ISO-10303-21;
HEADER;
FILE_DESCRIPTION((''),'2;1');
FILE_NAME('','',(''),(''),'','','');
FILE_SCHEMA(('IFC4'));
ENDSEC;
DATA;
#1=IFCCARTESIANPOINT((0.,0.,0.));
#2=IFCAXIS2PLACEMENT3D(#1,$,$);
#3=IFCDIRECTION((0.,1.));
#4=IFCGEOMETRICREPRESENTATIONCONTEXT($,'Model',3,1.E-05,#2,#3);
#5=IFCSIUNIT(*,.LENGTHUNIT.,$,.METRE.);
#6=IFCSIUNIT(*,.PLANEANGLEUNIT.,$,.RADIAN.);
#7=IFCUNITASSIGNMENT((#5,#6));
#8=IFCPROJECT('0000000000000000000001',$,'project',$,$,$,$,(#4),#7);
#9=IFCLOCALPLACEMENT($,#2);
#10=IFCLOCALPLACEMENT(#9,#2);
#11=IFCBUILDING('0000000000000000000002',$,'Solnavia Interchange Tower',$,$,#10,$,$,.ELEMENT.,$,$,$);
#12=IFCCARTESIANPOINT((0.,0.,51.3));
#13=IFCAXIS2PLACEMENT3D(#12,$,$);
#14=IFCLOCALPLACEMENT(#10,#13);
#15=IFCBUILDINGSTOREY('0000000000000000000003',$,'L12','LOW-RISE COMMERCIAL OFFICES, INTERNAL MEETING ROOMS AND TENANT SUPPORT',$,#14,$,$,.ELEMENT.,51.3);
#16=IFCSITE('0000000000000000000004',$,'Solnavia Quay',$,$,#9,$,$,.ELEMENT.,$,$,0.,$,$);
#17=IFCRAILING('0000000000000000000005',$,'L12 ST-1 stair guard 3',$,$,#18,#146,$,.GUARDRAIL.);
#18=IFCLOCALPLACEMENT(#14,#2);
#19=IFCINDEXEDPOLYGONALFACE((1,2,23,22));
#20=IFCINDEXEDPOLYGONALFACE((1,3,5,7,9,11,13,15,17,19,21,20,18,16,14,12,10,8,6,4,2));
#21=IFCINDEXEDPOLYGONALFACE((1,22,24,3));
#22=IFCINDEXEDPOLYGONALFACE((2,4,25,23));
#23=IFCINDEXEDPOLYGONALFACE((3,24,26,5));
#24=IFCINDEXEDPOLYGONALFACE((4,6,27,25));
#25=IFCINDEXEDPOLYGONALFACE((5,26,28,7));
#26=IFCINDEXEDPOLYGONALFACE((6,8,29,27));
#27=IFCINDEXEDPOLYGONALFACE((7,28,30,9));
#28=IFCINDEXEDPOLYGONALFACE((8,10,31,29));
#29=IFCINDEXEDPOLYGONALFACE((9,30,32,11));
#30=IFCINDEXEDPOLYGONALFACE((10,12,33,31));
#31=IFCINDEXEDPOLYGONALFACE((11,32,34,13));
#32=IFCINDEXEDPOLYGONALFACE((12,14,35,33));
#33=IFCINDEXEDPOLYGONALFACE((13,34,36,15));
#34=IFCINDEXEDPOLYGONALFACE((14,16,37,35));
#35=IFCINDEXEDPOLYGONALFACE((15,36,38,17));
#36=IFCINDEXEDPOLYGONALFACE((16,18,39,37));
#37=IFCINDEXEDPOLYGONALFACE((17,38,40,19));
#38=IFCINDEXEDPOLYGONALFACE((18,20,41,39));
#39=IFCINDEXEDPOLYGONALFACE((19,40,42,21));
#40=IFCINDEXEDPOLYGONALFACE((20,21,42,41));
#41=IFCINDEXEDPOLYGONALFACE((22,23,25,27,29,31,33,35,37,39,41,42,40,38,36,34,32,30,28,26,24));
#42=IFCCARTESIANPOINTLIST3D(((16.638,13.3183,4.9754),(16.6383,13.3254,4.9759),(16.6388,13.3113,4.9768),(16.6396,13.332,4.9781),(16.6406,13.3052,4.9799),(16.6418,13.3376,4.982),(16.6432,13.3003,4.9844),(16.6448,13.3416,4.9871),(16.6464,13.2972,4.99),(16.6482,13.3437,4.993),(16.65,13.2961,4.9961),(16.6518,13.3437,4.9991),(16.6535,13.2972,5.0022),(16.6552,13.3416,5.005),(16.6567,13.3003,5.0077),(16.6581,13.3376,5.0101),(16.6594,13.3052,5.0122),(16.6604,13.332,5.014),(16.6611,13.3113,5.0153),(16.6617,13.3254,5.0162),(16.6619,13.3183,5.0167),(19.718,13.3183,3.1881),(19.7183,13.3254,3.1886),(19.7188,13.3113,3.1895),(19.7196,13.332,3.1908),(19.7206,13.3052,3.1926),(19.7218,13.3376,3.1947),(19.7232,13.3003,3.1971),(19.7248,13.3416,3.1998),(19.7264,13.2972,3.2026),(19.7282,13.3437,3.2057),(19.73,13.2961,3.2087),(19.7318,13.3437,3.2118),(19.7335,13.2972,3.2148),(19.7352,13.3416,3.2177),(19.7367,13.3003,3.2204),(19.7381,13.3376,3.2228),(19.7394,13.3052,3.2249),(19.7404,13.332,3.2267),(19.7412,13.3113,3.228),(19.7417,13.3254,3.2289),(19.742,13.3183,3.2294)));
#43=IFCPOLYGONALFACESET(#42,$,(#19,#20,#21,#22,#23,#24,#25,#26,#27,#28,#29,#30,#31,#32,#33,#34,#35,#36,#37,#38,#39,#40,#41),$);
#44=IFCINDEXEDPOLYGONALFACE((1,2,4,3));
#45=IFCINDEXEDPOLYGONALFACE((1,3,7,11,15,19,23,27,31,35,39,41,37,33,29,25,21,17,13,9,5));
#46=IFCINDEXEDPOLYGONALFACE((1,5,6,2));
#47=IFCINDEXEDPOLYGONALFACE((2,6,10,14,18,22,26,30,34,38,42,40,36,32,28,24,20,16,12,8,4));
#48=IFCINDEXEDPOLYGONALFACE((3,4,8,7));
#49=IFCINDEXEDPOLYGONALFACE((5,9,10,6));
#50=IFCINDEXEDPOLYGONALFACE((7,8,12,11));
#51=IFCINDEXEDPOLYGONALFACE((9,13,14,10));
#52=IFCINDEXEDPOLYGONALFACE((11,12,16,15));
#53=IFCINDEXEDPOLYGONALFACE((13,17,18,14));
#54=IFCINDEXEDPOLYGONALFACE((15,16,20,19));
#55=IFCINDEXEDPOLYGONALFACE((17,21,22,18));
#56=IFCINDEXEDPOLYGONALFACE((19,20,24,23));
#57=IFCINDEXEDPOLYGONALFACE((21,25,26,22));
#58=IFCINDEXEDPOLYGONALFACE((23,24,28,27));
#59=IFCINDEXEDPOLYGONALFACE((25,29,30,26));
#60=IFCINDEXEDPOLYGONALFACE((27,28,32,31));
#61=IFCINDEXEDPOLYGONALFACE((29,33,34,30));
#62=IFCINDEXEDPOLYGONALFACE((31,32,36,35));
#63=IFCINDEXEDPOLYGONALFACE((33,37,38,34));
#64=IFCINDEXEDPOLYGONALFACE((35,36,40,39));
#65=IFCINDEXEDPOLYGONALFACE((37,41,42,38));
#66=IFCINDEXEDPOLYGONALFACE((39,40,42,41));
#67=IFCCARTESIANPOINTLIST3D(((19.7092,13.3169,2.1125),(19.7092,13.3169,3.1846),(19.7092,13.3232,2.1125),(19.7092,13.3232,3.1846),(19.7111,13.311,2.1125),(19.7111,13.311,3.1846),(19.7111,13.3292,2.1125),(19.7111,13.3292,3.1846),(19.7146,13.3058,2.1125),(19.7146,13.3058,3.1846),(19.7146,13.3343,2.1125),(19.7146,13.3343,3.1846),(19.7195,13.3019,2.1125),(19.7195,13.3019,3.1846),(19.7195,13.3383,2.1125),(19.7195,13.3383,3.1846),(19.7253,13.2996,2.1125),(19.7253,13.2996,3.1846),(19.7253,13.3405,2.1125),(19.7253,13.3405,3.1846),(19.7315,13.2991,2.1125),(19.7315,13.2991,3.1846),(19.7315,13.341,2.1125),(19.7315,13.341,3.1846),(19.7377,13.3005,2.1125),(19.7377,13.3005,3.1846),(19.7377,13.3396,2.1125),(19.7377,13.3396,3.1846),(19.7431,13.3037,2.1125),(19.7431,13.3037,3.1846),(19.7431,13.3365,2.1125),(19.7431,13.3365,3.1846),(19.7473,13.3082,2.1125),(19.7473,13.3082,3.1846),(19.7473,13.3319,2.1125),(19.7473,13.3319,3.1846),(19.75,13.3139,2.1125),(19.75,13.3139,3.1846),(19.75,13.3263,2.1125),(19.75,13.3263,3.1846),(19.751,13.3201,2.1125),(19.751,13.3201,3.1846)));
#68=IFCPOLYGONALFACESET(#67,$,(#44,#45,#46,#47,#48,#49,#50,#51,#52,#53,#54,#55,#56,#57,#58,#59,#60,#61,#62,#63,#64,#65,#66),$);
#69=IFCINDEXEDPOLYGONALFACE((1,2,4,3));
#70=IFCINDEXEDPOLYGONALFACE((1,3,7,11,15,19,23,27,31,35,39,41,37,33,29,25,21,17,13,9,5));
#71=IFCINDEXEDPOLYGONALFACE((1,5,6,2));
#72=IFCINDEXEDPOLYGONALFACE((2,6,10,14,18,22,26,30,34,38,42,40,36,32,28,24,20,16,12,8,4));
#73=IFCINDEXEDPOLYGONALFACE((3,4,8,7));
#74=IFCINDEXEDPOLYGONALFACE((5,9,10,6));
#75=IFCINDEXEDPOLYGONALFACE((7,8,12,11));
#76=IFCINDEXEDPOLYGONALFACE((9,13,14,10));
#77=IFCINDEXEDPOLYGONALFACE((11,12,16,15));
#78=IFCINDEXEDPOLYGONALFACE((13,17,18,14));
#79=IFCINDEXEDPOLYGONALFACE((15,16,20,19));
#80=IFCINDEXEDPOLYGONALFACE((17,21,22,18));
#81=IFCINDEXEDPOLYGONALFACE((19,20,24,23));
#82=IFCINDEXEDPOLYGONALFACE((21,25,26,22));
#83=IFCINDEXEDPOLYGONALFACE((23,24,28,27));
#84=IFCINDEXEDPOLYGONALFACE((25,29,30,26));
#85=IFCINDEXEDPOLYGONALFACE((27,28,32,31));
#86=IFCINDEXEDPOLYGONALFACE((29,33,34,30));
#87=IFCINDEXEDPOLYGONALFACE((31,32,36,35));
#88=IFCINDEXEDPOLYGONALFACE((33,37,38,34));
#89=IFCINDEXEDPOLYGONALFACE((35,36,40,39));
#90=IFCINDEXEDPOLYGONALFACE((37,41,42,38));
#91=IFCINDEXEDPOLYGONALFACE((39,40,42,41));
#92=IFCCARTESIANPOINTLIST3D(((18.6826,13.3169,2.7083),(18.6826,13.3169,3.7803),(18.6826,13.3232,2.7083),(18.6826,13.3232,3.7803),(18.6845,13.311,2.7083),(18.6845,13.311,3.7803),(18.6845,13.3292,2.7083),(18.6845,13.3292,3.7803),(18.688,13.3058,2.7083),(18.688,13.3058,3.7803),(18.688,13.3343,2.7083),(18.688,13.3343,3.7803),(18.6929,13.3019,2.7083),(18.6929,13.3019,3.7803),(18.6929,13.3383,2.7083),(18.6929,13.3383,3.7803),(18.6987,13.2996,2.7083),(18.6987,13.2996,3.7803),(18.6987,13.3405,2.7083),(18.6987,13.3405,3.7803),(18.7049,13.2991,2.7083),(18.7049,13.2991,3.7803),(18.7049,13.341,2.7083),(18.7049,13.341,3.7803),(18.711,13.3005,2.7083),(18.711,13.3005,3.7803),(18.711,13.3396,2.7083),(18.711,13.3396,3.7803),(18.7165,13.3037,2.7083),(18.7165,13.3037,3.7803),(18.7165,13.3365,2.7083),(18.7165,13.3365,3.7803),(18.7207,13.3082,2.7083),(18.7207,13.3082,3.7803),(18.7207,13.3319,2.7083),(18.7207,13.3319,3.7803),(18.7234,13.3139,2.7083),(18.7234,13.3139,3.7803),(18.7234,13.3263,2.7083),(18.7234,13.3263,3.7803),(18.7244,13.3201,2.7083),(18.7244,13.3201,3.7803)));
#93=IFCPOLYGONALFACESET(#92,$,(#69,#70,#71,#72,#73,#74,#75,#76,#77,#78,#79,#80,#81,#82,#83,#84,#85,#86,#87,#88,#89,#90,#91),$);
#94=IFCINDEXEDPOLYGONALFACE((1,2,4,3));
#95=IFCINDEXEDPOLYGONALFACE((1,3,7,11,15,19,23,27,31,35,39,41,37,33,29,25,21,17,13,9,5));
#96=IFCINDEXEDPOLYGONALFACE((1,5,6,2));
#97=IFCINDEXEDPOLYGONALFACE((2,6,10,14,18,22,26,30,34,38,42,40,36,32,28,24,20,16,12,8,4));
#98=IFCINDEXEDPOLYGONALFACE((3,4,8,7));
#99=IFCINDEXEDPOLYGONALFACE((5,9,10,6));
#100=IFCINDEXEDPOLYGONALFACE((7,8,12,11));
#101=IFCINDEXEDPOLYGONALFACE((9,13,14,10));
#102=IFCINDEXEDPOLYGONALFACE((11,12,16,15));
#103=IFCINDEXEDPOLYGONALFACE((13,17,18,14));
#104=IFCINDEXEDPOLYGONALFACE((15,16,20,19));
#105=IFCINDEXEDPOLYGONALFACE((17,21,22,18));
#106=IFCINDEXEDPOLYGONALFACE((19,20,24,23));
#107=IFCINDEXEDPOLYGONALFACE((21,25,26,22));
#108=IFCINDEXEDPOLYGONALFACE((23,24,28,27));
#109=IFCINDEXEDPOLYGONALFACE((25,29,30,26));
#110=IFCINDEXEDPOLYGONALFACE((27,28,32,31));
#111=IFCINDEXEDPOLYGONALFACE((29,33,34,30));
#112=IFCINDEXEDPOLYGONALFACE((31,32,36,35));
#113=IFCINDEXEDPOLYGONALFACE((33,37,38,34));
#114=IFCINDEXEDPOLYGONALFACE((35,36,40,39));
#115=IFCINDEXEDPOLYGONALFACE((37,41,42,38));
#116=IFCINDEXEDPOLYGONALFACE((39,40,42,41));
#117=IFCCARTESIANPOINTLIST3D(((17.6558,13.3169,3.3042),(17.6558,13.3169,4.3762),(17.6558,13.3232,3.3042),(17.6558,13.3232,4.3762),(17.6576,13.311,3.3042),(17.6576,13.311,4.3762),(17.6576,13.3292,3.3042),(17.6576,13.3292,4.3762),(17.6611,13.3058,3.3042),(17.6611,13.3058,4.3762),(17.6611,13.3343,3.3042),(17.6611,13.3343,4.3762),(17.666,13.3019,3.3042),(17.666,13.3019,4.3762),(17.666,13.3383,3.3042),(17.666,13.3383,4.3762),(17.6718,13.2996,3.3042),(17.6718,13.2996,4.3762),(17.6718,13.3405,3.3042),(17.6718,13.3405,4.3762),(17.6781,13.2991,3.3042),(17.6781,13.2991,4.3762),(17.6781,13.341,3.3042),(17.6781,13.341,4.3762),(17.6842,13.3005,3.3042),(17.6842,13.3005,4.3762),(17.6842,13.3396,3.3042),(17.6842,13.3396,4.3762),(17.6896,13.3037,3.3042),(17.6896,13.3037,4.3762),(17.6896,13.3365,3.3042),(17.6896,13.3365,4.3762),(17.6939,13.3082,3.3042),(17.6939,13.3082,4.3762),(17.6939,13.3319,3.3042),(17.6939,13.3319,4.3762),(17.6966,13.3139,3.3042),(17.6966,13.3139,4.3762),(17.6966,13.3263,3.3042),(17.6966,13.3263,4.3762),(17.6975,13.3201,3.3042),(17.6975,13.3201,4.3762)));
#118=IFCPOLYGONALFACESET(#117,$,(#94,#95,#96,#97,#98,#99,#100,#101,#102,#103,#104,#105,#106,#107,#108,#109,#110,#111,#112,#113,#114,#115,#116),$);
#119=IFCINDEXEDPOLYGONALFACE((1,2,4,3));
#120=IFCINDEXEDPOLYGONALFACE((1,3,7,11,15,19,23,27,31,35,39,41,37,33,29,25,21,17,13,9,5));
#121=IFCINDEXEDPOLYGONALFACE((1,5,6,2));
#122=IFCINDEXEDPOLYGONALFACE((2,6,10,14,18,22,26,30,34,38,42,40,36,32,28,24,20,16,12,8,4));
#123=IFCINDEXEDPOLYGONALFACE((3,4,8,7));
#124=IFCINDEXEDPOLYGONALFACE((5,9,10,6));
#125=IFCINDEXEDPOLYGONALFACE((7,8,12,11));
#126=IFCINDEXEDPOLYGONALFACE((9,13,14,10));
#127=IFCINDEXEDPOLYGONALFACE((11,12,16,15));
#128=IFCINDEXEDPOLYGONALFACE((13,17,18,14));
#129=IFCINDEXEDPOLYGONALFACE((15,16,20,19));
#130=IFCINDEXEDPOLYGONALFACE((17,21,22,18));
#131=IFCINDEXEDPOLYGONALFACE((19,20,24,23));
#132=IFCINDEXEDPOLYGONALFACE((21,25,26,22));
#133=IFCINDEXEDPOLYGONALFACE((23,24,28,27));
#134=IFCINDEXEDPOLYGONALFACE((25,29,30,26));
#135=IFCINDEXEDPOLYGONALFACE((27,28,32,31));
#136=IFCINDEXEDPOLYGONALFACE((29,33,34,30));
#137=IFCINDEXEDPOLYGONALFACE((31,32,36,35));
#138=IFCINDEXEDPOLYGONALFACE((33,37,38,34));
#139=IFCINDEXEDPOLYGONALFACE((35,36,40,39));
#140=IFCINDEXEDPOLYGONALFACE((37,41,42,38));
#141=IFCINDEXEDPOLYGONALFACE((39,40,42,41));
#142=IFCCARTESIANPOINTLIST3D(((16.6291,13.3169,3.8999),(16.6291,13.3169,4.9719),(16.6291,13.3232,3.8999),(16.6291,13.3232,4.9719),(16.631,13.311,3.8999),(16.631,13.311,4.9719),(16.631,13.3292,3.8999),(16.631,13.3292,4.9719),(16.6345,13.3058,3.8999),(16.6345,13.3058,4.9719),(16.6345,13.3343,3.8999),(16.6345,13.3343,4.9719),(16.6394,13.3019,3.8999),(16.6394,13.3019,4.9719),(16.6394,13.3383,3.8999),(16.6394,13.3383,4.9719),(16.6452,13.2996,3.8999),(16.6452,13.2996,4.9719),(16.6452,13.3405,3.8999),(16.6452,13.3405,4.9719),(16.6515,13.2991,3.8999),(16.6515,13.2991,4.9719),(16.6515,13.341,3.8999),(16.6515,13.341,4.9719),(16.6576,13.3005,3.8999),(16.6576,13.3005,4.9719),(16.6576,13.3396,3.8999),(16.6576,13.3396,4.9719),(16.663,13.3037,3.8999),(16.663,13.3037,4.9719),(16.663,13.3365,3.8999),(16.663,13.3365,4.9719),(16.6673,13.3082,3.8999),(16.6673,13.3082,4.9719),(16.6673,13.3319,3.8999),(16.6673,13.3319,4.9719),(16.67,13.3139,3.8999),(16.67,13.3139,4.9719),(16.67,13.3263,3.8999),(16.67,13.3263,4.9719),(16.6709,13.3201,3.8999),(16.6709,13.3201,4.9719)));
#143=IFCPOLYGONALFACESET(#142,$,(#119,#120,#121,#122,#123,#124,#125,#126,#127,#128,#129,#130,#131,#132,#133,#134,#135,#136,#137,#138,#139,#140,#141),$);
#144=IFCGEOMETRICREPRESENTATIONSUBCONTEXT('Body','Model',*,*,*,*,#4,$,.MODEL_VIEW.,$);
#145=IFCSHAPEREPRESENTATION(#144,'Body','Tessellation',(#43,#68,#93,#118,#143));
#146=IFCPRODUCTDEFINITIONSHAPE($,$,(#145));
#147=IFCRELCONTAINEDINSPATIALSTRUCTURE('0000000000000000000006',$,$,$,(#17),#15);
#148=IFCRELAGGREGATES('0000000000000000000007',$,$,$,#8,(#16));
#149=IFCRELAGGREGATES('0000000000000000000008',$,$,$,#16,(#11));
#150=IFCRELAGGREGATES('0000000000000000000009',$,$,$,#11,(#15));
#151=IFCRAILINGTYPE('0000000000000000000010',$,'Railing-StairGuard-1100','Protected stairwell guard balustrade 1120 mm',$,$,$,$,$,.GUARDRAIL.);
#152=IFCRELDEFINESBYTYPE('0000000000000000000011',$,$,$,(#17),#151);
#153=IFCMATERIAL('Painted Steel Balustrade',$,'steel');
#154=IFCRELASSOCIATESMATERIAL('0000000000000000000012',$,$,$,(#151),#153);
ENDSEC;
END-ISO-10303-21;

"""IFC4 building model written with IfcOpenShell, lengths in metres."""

from ifc_helpers import new_model, si_unit, direction, frame, origin, origin_2d, place, context, subcontext, project, spatial, circle, extrude, material, type_object, element, save


model = new_model("IFC4")

# Units and contexts
model_context = context("Model", 3, precision=1e-05, world=origin(), true_north=direction((0.0, 1.0)))
body_context = subcontext(model_context, "Body", "Model", "MODEL_VIEW")
ifc_project = project(units=[si_unit("LENGTHUNIT", "METRE"), si_unit("PLANEANGLEUNIT", "RADIAN")], contexts=[model_context])

# Site, building, storey
site_placement = place(None, origin())
site = spatial("IfcSite", under=ifc_project, at=site_placement, Name="Solnavia Quay", CompositionType="ELEMENT", RefElevation=0.0)
building_placement = place(site_placement, origin())
building = spatial("IfcBuilding", under=site, at=building_placement, Name="Solnavia Interchange Tower", CompositionType="ELEMENT")
storey_placement = place(building_placement, frame((0.0, 0.0, 51.3)))
storey = spatial("IfcBuildingStorey", under=building, at=storey_placement, Name="L12", Description="LOW-RISE COMMERCIAL OFFICES, INTERNAL MEETING ROOMS AND TENANT SUPPORT", CompositionType="ELEMENT", Elevation=51.3)

# Railing
ifc_material_1 = material(Name="Painted Steel Balustrade", Category="steel")
railing_type_1 = type_object("IfcRailingType", Name="Railing-StairGuard-1100", Description="Protected stairwell guard balustrade 1120 mm", PredefinedType="GUARDRAIL", material=ifc_material_1)
railing_1_placement = place(storey_placement, frame((19.73, 13.3201, 2.1125)))
element("IfcRailing", 1, at=railing_1_placement, inside=storey, type_object=railing_type_1, Name="L12 ST-1 stair guard 3", PredefinedType="GUARDRAIL", context=body_context, shape_type="SweptSolid", body=[
    extrude(circle(Radius=0.0239, at=origin_2d()), frame((0.0, 0.0, 1.0962), z_axis=(-0.86492, 0.0, 0.501909), x_axis=(0.0, -1.0, 0.0)), (0.0, 0.0, 1.0), 3.561),
    extrude(circle(Radius=0.021, at=origin_2d()), origin(), (0.0, 0.0, 1.0), 1.072),
    extrude(circle(Radius=0.021, at=origin_2d()), frame((-1.0266, 0.0, 0.5957)), (0.0, 0.0, 1.0), 1.072),
    extrude(circle(Radius=0.021, at=origin_2d()), frame((-2.0535, 0.0, 1.1917)), (0.0, 0.0, 1.0), 1.072),
    extrude(circle(Radius=0.021, at=origin_2d()), frame((-3.0801, 0.0, 1.7874)), (0.0, 0.0, 1.0), 1.072),
])

save(model, "model.ifc")
